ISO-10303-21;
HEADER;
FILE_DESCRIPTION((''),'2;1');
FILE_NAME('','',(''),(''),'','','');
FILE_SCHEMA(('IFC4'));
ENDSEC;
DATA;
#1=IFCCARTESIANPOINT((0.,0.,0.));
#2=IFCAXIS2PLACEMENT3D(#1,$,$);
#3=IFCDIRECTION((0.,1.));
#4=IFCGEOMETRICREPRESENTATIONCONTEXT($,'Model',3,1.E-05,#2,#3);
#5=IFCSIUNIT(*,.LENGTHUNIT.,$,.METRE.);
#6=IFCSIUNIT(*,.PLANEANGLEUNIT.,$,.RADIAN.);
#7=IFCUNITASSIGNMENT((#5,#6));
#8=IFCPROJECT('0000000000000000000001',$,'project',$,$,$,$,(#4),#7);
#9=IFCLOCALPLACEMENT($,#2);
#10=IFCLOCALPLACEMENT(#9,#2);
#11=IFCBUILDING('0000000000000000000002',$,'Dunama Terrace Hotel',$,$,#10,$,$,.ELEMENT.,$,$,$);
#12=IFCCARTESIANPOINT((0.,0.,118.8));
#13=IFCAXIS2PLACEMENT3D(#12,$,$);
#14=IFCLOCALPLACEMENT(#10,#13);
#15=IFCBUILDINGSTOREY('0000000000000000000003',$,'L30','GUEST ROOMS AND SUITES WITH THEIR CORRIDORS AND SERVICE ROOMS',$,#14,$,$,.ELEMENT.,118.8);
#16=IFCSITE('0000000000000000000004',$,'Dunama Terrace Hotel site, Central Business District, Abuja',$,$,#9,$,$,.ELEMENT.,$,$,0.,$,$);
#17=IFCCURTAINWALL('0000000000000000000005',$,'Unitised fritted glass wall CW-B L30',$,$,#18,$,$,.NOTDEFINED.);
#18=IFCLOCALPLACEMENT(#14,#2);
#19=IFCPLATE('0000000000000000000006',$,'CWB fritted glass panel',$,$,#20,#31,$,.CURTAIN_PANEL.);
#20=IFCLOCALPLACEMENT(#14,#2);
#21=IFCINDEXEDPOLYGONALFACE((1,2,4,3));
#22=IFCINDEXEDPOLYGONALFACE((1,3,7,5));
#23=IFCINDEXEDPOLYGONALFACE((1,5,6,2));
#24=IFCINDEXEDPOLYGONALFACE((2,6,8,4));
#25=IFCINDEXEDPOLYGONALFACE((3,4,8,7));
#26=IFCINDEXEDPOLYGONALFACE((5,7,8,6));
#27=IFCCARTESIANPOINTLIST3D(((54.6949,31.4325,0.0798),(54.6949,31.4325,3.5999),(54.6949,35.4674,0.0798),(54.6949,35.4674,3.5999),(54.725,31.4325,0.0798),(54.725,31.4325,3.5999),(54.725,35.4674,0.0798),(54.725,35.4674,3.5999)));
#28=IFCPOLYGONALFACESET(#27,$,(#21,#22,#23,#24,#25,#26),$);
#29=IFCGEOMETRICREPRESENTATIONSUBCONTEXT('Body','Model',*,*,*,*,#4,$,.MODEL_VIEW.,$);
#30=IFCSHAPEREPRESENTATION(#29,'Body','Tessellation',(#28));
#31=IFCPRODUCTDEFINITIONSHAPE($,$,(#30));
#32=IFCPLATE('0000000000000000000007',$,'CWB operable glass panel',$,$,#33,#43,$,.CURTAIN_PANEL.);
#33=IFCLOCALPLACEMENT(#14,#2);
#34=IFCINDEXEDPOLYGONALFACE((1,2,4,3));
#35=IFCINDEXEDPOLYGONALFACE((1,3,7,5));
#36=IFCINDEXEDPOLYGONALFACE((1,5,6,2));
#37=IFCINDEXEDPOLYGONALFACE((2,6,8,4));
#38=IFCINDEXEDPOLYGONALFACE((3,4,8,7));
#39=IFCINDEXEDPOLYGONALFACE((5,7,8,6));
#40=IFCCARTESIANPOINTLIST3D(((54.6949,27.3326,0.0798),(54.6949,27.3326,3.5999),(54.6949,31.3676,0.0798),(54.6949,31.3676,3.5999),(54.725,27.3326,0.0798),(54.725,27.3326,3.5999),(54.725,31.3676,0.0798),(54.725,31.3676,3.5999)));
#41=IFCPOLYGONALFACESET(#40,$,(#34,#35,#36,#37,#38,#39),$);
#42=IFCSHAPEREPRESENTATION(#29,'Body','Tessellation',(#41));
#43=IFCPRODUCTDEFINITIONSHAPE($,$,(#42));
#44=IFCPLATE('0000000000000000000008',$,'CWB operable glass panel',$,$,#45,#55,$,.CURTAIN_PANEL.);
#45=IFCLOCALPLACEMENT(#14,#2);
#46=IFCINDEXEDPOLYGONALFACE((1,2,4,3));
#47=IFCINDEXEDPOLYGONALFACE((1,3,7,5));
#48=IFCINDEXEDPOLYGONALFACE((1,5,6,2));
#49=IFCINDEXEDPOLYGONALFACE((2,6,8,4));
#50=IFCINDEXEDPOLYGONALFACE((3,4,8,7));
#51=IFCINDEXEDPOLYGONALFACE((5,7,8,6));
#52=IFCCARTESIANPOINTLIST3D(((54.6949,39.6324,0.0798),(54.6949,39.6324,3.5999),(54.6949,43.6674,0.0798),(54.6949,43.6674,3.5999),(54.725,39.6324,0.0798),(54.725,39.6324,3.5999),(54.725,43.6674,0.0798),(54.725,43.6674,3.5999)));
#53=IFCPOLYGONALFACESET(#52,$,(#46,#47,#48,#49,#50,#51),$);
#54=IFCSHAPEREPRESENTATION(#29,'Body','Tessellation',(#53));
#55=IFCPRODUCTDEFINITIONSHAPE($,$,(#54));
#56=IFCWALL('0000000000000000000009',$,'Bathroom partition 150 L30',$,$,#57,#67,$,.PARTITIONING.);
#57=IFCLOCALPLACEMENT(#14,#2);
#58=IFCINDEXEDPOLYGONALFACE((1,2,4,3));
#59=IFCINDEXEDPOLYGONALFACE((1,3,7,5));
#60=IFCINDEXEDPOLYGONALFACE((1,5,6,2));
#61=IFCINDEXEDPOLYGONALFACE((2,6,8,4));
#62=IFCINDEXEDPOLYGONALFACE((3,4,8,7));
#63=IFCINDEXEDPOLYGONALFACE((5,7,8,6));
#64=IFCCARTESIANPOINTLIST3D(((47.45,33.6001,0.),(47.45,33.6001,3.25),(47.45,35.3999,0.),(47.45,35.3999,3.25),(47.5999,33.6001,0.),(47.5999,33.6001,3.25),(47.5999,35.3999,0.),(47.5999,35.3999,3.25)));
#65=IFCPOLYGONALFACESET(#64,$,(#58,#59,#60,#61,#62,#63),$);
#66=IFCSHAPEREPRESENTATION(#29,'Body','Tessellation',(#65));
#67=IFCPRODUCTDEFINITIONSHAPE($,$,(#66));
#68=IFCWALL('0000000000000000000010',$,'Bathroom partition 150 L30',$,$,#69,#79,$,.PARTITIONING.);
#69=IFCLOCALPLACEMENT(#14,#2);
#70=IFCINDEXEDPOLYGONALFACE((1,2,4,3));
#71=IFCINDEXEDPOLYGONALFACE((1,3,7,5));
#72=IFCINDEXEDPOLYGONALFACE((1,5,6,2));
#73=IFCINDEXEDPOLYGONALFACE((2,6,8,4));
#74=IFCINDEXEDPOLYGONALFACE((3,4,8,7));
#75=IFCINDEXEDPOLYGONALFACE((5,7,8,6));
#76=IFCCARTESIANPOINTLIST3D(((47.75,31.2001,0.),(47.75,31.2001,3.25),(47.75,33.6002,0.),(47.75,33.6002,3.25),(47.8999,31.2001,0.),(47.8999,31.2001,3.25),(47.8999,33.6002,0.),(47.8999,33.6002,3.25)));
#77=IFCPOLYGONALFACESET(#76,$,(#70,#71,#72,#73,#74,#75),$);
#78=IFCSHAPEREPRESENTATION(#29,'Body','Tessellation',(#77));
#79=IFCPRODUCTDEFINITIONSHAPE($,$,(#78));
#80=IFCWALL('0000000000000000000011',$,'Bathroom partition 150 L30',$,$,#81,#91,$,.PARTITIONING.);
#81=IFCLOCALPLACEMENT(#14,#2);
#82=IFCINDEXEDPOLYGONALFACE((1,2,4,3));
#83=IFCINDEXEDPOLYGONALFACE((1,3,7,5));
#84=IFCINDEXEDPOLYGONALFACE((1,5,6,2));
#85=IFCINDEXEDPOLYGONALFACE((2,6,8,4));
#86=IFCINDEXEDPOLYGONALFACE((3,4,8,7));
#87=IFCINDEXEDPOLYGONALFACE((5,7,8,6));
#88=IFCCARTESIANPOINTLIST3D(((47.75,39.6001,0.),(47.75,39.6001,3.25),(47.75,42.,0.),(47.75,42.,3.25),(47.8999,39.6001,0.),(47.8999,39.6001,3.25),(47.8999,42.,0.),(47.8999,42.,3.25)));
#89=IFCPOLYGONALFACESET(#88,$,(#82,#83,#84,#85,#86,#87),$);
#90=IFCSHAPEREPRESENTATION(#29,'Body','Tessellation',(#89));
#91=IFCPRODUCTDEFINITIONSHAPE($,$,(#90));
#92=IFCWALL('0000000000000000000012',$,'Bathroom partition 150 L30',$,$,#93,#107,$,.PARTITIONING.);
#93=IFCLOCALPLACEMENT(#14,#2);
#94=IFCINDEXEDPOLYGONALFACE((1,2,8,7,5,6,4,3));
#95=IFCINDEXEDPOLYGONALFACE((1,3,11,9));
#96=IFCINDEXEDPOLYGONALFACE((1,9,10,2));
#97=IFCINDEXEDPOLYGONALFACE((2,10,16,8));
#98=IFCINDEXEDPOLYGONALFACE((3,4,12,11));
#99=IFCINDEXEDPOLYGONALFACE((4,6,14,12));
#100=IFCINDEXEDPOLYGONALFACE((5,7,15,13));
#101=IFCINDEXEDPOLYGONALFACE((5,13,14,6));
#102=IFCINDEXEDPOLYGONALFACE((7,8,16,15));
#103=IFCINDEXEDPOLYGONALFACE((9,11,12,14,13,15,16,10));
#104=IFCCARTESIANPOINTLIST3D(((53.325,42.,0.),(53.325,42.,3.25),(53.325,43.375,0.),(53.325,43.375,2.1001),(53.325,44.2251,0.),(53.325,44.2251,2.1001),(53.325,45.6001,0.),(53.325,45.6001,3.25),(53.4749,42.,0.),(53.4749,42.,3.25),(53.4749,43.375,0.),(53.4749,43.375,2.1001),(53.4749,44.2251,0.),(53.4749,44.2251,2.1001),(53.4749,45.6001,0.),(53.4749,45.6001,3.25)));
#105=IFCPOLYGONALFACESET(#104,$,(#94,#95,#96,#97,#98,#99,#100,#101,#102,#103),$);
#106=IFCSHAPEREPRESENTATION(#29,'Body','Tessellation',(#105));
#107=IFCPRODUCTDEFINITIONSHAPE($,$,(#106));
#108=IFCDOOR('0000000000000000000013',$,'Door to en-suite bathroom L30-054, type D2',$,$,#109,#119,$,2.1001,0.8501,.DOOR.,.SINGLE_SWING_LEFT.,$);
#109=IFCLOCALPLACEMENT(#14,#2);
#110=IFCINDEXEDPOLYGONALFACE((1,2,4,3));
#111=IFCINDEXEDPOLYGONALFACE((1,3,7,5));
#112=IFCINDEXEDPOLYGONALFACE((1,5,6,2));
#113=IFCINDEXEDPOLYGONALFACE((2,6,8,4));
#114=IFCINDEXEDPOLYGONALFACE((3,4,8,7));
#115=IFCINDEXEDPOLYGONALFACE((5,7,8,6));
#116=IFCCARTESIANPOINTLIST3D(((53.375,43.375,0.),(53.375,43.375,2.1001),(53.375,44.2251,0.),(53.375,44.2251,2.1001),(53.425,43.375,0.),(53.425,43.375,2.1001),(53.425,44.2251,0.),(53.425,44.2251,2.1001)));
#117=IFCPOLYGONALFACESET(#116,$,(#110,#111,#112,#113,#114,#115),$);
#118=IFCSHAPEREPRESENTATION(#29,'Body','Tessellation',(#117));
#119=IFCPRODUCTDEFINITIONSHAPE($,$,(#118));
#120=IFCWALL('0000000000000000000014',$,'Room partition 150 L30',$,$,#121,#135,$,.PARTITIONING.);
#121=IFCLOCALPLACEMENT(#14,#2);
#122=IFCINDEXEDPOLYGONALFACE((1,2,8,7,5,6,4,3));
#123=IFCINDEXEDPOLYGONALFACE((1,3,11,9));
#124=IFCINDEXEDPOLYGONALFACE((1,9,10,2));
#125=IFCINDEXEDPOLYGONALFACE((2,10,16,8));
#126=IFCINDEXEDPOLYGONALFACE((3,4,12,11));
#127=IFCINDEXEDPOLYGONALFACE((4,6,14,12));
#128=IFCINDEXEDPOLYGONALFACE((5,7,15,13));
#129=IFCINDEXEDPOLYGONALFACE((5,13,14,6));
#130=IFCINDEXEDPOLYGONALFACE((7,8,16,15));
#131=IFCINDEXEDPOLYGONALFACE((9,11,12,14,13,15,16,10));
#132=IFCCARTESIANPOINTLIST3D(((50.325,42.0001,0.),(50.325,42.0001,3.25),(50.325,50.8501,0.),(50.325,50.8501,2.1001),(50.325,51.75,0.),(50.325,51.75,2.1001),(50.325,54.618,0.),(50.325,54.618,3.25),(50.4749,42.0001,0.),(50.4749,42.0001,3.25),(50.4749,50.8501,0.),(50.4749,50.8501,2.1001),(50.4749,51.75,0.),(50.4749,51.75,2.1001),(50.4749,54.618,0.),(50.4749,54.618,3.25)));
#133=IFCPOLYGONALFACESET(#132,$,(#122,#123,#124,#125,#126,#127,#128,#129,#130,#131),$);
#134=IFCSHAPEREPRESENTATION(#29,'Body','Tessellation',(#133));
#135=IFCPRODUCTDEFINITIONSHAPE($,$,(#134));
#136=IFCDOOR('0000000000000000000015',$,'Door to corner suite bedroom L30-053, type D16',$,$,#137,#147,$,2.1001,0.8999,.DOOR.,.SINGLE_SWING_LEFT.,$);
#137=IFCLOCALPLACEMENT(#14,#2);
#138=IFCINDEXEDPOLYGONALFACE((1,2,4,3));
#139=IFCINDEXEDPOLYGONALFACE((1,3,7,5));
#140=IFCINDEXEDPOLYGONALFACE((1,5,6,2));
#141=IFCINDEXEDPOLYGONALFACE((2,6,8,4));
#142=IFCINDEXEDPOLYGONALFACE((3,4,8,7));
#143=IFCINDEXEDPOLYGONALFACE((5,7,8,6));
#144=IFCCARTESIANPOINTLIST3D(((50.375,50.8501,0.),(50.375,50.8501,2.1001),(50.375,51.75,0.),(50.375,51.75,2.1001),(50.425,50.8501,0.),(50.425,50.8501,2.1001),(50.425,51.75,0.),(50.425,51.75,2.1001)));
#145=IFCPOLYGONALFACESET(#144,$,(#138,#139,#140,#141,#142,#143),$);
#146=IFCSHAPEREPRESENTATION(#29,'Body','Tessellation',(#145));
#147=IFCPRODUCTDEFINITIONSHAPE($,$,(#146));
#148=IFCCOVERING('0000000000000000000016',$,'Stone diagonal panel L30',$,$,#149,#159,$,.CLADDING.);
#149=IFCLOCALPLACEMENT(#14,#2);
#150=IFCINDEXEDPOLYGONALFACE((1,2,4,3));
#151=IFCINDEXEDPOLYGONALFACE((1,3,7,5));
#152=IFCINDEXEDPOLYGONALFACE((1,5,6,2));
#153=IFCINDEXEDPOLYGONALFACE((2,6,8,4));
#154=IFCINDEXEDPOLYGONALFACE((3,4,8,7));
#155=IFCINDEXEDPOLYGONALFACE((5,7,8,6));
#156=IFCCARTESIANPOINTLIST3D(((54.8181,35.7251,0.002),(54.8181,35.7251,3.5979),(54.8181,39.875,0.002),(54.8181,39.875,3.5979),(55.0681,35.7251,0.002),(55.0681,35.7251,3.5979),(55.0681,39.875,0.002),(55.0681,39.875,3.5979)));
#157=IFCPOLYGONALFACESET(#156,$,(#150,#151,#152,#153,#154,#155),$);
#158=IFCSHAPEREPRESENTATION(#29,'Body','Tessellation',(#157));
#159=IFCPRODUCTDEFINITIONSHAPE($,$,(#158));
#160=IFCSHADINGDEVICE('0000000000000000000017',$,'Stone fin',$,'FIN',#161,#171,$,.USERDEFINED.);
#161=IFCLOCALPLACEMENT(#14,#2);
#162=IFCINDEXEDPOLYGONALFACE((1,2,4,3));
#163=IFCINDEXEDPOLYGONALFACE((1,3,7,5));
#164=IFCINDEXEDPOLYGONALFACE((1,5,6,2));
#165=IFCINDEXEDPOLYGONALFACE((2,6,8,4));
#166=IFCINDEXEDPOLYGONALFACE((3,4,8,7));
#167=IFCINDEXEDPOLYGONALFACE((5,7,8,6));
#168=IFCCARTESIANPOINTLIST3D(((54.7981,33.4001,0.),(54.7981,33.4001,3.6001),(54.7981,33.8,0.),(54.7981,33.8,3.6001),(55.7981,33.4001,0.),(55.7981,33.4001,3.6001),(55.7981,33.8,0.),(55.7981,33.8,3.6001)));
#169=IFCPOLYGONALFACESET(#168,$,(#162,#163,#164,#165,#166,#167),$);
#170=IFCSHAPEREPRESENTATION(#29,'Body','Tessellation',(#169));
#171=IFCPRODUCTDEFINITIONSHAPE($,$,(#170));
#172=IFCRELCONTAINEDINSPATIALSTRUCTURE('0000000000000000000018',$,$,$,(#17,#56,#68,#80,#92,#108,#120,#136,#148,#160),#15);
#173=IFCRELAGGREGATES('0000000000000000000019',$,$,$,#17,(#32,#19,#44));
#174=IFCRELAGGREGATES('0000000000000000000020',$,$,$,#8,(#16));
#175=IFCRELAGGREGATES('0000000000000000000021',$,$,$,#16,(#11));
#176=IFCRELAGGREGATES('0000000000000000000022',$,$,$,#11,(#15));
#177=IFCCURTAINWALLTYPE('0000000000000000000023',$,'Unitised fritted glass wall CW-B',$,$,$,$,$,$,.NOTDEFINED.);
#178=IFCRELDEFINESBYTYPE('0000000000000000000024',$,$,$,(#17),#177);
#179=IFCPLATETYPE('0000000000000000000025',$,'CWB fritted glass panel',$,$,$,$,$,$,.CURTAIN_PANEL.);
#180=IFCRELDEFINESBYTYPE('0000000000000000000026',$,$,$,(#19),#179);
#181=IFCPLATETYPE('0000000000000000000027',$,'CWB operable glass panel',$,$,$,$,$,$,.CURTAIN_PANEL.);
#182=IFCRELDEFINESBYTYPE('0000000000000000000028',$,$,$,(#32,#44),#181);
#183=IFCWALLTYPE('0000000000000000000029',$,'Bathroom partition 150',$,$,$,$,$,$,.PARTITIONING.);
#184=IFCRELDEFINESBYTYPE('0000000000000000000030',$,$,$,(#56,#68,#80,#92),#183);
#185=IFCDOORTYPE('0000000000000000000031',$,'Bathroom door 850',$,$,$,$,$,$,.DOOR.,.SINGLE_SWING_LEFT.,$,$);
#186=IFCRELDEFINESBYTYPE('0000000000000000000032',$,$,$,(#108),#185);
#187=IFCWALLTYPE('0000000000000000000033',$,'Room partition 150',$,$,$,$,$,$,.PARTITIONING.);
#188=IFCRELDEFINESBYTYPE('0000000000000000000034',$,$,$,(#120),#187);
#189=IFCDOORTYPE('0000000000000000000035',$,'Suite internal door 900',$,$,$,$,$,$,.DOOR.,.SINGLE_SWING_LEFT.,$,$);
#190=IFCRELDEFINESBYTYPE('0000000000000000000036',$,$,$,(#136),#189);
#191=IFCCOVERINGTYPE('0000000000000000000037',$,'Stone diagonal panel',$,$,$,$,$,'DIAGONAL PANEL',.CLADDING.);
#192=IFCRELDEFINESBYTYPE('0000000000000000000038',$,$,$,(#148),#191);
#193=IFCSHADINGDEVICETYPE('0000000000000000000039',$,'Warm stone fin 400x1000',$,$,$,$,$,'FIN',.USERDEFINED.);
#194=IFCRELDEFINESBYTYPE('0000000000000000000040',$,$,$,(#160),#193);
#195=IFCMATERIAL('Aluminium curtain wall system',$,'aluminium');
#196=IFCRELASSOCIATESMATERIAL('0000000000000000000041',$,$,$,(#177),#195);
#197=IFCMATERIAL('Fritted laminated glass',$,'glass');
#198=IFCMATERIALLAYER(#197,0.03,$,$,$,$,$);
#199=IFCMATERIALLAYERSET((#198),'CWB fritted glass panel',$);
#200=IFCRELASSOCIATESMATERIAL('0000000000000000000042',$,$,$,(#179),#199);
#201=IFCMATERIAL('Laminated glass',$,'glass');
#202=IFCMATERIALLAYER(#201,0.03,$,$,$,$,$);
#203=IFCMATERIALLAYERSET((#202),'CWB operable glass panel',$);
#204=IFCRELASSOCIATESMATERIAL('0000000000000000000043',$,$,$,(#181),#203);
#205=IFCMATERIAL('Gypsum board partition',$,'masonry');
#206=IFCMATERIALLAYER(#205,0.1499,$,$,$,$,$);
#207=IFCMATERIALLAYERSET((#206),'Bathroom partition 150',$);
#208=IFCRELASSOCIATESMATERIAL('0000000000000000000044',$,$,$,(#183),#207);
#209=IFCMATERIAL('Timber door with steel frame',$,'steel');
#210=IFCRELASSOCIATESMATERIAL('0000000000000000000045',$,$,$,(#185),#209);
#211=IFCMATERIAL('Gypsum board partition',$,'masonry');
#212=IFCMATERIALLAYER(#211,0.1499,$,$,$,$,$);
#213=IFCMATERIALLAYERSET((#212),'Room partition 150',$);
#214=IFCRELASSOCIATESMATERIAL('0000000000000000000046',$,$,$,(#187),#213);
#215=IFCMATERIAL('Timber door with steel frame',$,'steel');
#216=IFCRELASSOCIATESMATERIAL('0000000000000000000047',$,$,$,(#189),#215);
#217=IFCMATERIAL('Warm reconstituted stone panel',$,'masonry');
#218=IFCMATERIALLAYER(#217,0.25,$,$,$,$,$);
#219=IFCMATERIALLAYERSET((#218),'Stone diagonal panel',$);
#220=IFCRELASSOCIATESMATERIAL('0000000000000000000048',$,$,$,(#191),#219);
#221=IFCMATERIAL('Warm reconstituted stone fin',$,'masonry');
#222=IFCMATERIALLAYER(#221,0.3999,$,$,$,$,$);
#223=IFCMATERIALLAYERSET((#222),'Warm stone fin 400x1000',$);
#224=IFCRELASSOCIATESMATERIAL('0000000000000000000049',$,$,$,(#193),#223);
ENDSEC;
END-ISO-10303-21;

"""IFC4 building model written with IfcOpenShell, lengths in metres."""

from ifc_helpers import new_model, si_unit, direction, frame, frame_2d, origin, origin_2d, place, context, subcontext, project, spatial, rectangle, extrude, material, layer, layer_set, type_object, element, fill, aggregate, save


model = new_model("IFC4")

# Units and contexts
model_context = context("Model", 3, precision=1e-05, world=origin(), true_north=direction((0.0, 1.0)))
body_context = subcontext(model_context, "Body", "Model", "MODEL_VIEW")
ifc_project = project(units=[si_unit("LENGTHUNIT", "METRE"), si_unit("PLANEANGLEUNIT", "RADIAN")], contexts=[model_context])

# Site, building, storey
site_placement = place(None, origin())
site = spatial("IfcSite", under=ifc_project, at=site_placement, Name="Dunama Terrace Hotel site, Central Business District, Abuja", CompositionType="ELEMENT", RefElevation=0.0)
building_placement = place(site_placement, origin())
building = spatial("IfcBuilding", under=site, at=building_placement, Name="Dunama Terrace Hotel", CompositionType="ELEMENT")
storey_placement = place(building_placement, frame((0.0, 0.0, 118.8)))
storey = spatial("IfcBuildingStorey", under=building, at=storey_placement, Name="L30", Description="GUEST ROOMS AND SUITES WITH THEIR CORRIDORS AND SERVICE ROOMS", CompositionType="ELEMENT", Elevation=118.8)

# Curtain wall
ifc_material_1 = material(Name="Aluminium curtain wall system", Category="aluminium")
curtain_wall_type = type_object("IfcCurtainWallType", Name="Unitised fritted glass wall CW-B", PredefinedType="NOTDEFINED", material=ifc_material_1)
curtain_wall_placement = place(storey_placement, origin())
curtain_wall = element("IfcCurtainWall", 1, at=curtain_wall_placement, inside=storey, type_object=curtain_wall_type, Name="Unitised fritted glass wall CW-B L30", PredefinedType="NOTDEFINED")

# Plates
ifc_material_2 = material(Name="Fritted laminated glass", Category="glass")
ifc_layer_1 = layer(ifc_material_2, 0.03)
ifc_layer_set_1 = layer_set([ifc_layer_1], Name="CWB fritted glass panel")
plate_type_1 = type_object("IfcPlateType", Name="CWB fritted glass panel", PredefinedType="CURTAIN_PANEL", material=ifc_layer_set_1)
plate_1_placement = place(storey_placement, frame((54.71, 33.45, 0.0798), z_axis=(0.0, 0.0, 1.0), x_axis=(0.0, 1.0, 0.0)))
plate_1 = element("IfcPlate", 2, at=plate_1_placement, type_object=plate_type_1, Name="CWB fritted glass panel", PredefinedType="CURTAIN_PANEL", context=body_context, shape_type="SweptSolid", body=[
    extrude(rectangle(XDim=4.0349, YDim=0.03, at=origin_2d()), origin(), (0.0, 0.0, 1.0), 3.52),
])
ifc_material_3 = material(Name="Laminated glass", Category="glass")
ifc_layer_2 = layer(ifc_material_3, 0.03)
ifc_layer_set_2 = layer_set([ifc_layer_2], Name="CWB operable glass panel")
plate_type_2 = type_object("IfcPlateType", Name="CWB operable glass panel", PredefinedType="CURTAIN_PANEL", material=ifc_layer_set_2)
plate_2_placement = place(storey_placement, frame((54.71, 29.3501, 0.0798), z_axis=(0.0, 0.0, 1.0), x_axis=(0.0, 1.0, 0.0)))
plate_2 = element("IfcPlate", 3, at=plate_2_placement, type_object=plate_type_2, Name="CWB operable glass panel", PredefinedType="CURTAIN_PANEL", context=body_context, shape_type="SweptSolid", body=[
    extrude(rectangle(XDim=4.0349, YDim=0.03, at=origin_2d()), origin(), (0.0, 0.0, 1.0), 3.52),
])
plate_3_placement = place(storey_placement, frame((54.71, 41.6499, 0.0798), z_axis=(0.0, 0.0, 1.0), x_axis=(0.0, 1.0, 0.0)))
plate_3 = element("IfcPlate", 4, at=plate_3_placement, type_object=plate_type_2, Name="CWB operable glass panel", PredefinedType="CURTAIN_PANEL", context=body_context, shape_type="SweptSolid", body=[
    extrude(rectangle(XDim=4.0349, YDim=0.03, at=origin_2d()), origin(), (0.0, 0.0, 1.0), 3.52),
])
aggregate(curtain_wall, [plate_2, plate_1, plate_3])

# Walls
ifc_material_4 = material(Name="Gypsum board partition", Category="masonry")
ifc_layer_3 = layer(ifc_material_4, 0.1499)
ifc_layer_set_3 = layer_set([ifc_layer_3], Name="Bathroom partition 150")
wall_type_1 = type_object("IfcWallType", Name="Bathroom partition 150", PredefinedType="PARTITIONING", material=ifc_layer_set_3)
wall_1_placement = place(storey_placement, frame((47.5249, 33.6001, 0.0), z_axis=(0.0, 0.0, 1.0), x_axis=(0.0, 1.0, 0.0)))
element("IfcWall", 5, at=wall_1_placement, inside=storey, type_object=wall_type_1, Name="Bathroom partition 150 L30", PredefinedType="PARTITIONING", context=body_context, shape_type="SweptSolid", body=[
    extrude(rectangle(XDim=1.7998, YDim=0.1499, at=frame_2d((0.8999, 0.0))), origin(), (0.0, 0.0, 1.0), 3.25),
])
wall_2_placement = place(storey_placement, frame((47.825, 31.2, 0.0), z_axis=(0.0, 0.0, 1.0), x_axis=(0.0, 1.0, 0.0)))
element("IfcWall", 6, at=wall_2_placement, inside=storey, type_object=wall_type_1, Name="Bathroom partition 150 L30", PredefinedType="PARTITIONING", context=body_context, shape_type="SweptSolid", body=[
    extrude(rectangle(XDim=2.4001, YDim=0.1499, at=frame_2d((1.2002, 0.0))), origin(), (0.0, 0.0, 1.0), 3.25),
])
wall_3_placement = place(storey_placement, frame((47.825, 39.6001, 0.0), z_axis=(0.0, 0.0, 1.0), x_axis=(0.0, 1.0, 0.0)))
element("IfcWall", 7, at=wall_3_placement, inside=storey, type_object=wall_type_1, Name="Bathroom partition 150 L30", PredefinedType="PARTITIONING", context=body_context, shape_type="SweptSolid", body=[
    extrude(rectangle(XDim=2.3999, YDim=0.1499, at=frame_2d((1.2, 0.0))), origin(), (0.0, 0.0, 1.0), 3.25),
])

# Walls, openings, doors
wall_4_placement = place(storey_placement, frame((53.3999, 42.0, 0.0), z_axis=(0.0, 0.0, 1.0), x_axis=(0.0, 1.0, 0.0)))
wall_4 = element("IfcWall", 8, at=wall_4_placement, inside=storey, type_object=wall_type_1, Name="Bathroom partition 150 L30", PredefinedType="PARTITIONING", context=body_context, shape_type="SweptSolid", body=[
    extrude(rectangle(XDim=3.6001, YDim=0.1499, at=frame_2d((1.8, 0.0))), origin(), (0.0, 0.0, 1.0), 3.25),
])
opening_1_placement = place(wall_4_placement, frame((1.375, 0.0, 0.0)))
opening_1 = element("IfcOpeningElement", 9, at=opening_1_placement, cuts=wall_4, PredefinedType="OPENING", context=body_context, shape_type="SweptSolid", body=[
    extrude(rectangle(XDim=0.8501, YDim=2.1001, at=frame_2d((0.425, 1.05))), frame((0.0, 0.085, 0.0), z_axis=(0.0, -1.0, 0.0), x_axis=(1.0, 0.0, 0.0)), (0.0, 0.0, 1.0), 0.1699),
])
ifc_material_5 = material(Name="Timber door with steel frame", Category="steel")
door_type_1 = type_object("IfcDoorType", Name="Bathroom door 850", OperationType="SINGLE_SWING_LEFT", PredefinedType="DOOR", material=ifc_material_5)
door_1_placement = place(opening_1_placement, origin())
door_1 = element("IfcDoor", 10, at=door_1_placement, inside=storey, type_object=door_type_1, Name="Door to en-suite bathroom L30-054, type D2", OperationType="SINGLE_SWING_LEFT", OverallHeight=2.1001, OverallWidth=0.8501, PredefinedType="DOOR", context=body_context, shape_type="SweptSolid", body=[
    extrude(rectangle(XDim=0.8501, YDim=2.1001, at=frame_2d((0.425, 1.05))), frame((0.0, 0.0249, 0.0), z_axis=(0.0, -1.0, 0.0), x_axis=(1.0, 0.0, 0.0)), (0.0, 0.0, 1.0), 0.05),
])
fill(opening_1, door_1)
ifc_material_6 = material(Name="Gypsum board partition", Category="masonry")
ifc_layer_4 = layer(ifc_material_6, 0.1499)
ifc_layer_set_4 = layer_set([ifc_layer_4], Name="Room partition 150")
wall_type_2 = type_object("IfcWallType", Name="Room partition 150", PredefinedType="PARTITIONING", material=ifc_layer_set_4)
wall_5_placement = place(storey_placement, frame((50.3999, 42.0, 0.0), z_axis=(0.0, 0.0, 1.0), x_axis=(0.0, 1.0, 0.0)))
wall_5 = element("IfcWall", 11, at=wall_5_placement, inside=storey, type_object=wall_type_2, Name="Room partition 150 L30", PredefinedType="PARTITIONING", context=body_context, shape_type="SweptSolid", body=[
    extrude(rectangle(XDim=12.6179, YDim=0.1499, at=frame_2d((6.3091, 0.0))), origin(), (0.0, 0.0, 1.0), 3.25),
])
opening_2_placement = place(wall_5_placement, frame((8.8501, 0.0, 0.0)))
opening_2 = element("IfcOpeningElement", 12, at=opening_2_placement, cuts=wall_5, PredefinedType="OPENING", context=body_context, shape_type="SweptSolid", body=[
    extrude(rectangle(XDim=0.8999, YDim=2.1001, at=frame_2d((0.45, 1.05))), frame((0.0, 0.085, 0.0), z_axis=(0.0, -1.0, 0.0), x_axis=(1.0, 0.0, 0.0)), (0.0, 0.0, 1.0), 0.1699),
])
ifc_material_7 = material(Name="Timber door with steel frame", Category="steel")
door_type_2 = type_object("IfcDoorType", Name="Suite internal door 900", OperationType="SINGLE_SWING_LEFT", PredefinedType="DOOR", material=ifc_material_7)
door_2_placement = place(opening_2_placement, frame((0.8999, 0.0, 0.0), z_axis=(0.0, 0.0, 1.0), x_axis=(-1.0, 0.0, 0.0)))
door_2 = element("IfcDoor", 13, at=door_2_placement, inside=storey, type_object=door_type_2, Name="Door to corner suite bedroom L30-053, type D16", OperationType="SINGLE_SWING_LEFT", OverallHeight=2.1001, OverallWidth=0.8999, PredefinedType="DOOR", context=body_context, shape_type="SweptSolid", body=[
    extrude(rectangle(XDim=0.8999, YDim=2.1001, at=frame_2d((0.45, 1.05))), frame((0.0, 0.0251, 0.0), z_axis=(0.0, -1.0, 0.0), x_axis=(1.0, 0.0, 0.0)), (0.0, 0.0, 1.0), 0.05),
])
fill(opening_2, door_2)

# Covering
ifc_material_8 = material(Name="Warm reconstituted stone panel", Category="masonry")
ifc_layer_5 = layer(ifc_material_8, 0.25)
ifc_layer_set_5 = layer_set([ifc_layer_5], Name="Stone diagonal panel")
covering_type = type_object("IfcCoveringType", Name="Stone diagonal panel", ElementType="DIAGONAL PANEL", PredefinedType="CLADDING", material=ifc_layer_set_5)
covering_placement = place(storey_placement, frame((54.9431, 37.8, 0.002), z_axis=(0.0, 0.0, 1.0), x_axis=(0.0, 1.0, 0.0)))
element("IfcCovering", 14, at=covering_placement, inside=storey, type_object=covering_type, Name="Stone diagonal panel L30", PredefinedType="CLADDING", context=body_context, shape_type="SweptSolid", body=[
    extrude(rectangle(XDim=4.1499, YDim=0.25, at=origin_2d()), origin(), (0.0, 0.0, 1.0), 3.5959),
])

# Shading device
ifc_material_9 = material(Name="Warm reconstituted stone fin", Category="masonry")
ifc_layer_6 = layer(ifc_material_9, 0.3999)
ifc_layer_set_6 = layer_set([ifc_layer_6], Name="Warm stone fin 400x1000")
shading_device_type = type_object("IfcShadingDeviceType", Name="Warm stone fin 400x1000", ElementType="FIN", PredefinedType="USERDEFINED", material=ifc_layer_set_6)
shading_device_placement = place(storey_placement, frame((55.2981, 33.6001, 0.0), z_axis=(0.0, 0.0, 1.0), x_axis=(0.0, 1.0, 0.0)))
element("IfcShadingDevice", 15, at=shading_device_placement, inside=storey, type_object=shading_device_type, Name="Stone fin", ObjectType="FIN", PredefinedType="USERDEFINED", context=body_context, shape_type="SweptSolid", body=[
    extrude(rectangle(XDim=0.3999, YDim=1.0, at=origin_2d()), origin(), (0.0, 0.0, 1.0), 3.6001),
])

save(model, "model.ifc")
